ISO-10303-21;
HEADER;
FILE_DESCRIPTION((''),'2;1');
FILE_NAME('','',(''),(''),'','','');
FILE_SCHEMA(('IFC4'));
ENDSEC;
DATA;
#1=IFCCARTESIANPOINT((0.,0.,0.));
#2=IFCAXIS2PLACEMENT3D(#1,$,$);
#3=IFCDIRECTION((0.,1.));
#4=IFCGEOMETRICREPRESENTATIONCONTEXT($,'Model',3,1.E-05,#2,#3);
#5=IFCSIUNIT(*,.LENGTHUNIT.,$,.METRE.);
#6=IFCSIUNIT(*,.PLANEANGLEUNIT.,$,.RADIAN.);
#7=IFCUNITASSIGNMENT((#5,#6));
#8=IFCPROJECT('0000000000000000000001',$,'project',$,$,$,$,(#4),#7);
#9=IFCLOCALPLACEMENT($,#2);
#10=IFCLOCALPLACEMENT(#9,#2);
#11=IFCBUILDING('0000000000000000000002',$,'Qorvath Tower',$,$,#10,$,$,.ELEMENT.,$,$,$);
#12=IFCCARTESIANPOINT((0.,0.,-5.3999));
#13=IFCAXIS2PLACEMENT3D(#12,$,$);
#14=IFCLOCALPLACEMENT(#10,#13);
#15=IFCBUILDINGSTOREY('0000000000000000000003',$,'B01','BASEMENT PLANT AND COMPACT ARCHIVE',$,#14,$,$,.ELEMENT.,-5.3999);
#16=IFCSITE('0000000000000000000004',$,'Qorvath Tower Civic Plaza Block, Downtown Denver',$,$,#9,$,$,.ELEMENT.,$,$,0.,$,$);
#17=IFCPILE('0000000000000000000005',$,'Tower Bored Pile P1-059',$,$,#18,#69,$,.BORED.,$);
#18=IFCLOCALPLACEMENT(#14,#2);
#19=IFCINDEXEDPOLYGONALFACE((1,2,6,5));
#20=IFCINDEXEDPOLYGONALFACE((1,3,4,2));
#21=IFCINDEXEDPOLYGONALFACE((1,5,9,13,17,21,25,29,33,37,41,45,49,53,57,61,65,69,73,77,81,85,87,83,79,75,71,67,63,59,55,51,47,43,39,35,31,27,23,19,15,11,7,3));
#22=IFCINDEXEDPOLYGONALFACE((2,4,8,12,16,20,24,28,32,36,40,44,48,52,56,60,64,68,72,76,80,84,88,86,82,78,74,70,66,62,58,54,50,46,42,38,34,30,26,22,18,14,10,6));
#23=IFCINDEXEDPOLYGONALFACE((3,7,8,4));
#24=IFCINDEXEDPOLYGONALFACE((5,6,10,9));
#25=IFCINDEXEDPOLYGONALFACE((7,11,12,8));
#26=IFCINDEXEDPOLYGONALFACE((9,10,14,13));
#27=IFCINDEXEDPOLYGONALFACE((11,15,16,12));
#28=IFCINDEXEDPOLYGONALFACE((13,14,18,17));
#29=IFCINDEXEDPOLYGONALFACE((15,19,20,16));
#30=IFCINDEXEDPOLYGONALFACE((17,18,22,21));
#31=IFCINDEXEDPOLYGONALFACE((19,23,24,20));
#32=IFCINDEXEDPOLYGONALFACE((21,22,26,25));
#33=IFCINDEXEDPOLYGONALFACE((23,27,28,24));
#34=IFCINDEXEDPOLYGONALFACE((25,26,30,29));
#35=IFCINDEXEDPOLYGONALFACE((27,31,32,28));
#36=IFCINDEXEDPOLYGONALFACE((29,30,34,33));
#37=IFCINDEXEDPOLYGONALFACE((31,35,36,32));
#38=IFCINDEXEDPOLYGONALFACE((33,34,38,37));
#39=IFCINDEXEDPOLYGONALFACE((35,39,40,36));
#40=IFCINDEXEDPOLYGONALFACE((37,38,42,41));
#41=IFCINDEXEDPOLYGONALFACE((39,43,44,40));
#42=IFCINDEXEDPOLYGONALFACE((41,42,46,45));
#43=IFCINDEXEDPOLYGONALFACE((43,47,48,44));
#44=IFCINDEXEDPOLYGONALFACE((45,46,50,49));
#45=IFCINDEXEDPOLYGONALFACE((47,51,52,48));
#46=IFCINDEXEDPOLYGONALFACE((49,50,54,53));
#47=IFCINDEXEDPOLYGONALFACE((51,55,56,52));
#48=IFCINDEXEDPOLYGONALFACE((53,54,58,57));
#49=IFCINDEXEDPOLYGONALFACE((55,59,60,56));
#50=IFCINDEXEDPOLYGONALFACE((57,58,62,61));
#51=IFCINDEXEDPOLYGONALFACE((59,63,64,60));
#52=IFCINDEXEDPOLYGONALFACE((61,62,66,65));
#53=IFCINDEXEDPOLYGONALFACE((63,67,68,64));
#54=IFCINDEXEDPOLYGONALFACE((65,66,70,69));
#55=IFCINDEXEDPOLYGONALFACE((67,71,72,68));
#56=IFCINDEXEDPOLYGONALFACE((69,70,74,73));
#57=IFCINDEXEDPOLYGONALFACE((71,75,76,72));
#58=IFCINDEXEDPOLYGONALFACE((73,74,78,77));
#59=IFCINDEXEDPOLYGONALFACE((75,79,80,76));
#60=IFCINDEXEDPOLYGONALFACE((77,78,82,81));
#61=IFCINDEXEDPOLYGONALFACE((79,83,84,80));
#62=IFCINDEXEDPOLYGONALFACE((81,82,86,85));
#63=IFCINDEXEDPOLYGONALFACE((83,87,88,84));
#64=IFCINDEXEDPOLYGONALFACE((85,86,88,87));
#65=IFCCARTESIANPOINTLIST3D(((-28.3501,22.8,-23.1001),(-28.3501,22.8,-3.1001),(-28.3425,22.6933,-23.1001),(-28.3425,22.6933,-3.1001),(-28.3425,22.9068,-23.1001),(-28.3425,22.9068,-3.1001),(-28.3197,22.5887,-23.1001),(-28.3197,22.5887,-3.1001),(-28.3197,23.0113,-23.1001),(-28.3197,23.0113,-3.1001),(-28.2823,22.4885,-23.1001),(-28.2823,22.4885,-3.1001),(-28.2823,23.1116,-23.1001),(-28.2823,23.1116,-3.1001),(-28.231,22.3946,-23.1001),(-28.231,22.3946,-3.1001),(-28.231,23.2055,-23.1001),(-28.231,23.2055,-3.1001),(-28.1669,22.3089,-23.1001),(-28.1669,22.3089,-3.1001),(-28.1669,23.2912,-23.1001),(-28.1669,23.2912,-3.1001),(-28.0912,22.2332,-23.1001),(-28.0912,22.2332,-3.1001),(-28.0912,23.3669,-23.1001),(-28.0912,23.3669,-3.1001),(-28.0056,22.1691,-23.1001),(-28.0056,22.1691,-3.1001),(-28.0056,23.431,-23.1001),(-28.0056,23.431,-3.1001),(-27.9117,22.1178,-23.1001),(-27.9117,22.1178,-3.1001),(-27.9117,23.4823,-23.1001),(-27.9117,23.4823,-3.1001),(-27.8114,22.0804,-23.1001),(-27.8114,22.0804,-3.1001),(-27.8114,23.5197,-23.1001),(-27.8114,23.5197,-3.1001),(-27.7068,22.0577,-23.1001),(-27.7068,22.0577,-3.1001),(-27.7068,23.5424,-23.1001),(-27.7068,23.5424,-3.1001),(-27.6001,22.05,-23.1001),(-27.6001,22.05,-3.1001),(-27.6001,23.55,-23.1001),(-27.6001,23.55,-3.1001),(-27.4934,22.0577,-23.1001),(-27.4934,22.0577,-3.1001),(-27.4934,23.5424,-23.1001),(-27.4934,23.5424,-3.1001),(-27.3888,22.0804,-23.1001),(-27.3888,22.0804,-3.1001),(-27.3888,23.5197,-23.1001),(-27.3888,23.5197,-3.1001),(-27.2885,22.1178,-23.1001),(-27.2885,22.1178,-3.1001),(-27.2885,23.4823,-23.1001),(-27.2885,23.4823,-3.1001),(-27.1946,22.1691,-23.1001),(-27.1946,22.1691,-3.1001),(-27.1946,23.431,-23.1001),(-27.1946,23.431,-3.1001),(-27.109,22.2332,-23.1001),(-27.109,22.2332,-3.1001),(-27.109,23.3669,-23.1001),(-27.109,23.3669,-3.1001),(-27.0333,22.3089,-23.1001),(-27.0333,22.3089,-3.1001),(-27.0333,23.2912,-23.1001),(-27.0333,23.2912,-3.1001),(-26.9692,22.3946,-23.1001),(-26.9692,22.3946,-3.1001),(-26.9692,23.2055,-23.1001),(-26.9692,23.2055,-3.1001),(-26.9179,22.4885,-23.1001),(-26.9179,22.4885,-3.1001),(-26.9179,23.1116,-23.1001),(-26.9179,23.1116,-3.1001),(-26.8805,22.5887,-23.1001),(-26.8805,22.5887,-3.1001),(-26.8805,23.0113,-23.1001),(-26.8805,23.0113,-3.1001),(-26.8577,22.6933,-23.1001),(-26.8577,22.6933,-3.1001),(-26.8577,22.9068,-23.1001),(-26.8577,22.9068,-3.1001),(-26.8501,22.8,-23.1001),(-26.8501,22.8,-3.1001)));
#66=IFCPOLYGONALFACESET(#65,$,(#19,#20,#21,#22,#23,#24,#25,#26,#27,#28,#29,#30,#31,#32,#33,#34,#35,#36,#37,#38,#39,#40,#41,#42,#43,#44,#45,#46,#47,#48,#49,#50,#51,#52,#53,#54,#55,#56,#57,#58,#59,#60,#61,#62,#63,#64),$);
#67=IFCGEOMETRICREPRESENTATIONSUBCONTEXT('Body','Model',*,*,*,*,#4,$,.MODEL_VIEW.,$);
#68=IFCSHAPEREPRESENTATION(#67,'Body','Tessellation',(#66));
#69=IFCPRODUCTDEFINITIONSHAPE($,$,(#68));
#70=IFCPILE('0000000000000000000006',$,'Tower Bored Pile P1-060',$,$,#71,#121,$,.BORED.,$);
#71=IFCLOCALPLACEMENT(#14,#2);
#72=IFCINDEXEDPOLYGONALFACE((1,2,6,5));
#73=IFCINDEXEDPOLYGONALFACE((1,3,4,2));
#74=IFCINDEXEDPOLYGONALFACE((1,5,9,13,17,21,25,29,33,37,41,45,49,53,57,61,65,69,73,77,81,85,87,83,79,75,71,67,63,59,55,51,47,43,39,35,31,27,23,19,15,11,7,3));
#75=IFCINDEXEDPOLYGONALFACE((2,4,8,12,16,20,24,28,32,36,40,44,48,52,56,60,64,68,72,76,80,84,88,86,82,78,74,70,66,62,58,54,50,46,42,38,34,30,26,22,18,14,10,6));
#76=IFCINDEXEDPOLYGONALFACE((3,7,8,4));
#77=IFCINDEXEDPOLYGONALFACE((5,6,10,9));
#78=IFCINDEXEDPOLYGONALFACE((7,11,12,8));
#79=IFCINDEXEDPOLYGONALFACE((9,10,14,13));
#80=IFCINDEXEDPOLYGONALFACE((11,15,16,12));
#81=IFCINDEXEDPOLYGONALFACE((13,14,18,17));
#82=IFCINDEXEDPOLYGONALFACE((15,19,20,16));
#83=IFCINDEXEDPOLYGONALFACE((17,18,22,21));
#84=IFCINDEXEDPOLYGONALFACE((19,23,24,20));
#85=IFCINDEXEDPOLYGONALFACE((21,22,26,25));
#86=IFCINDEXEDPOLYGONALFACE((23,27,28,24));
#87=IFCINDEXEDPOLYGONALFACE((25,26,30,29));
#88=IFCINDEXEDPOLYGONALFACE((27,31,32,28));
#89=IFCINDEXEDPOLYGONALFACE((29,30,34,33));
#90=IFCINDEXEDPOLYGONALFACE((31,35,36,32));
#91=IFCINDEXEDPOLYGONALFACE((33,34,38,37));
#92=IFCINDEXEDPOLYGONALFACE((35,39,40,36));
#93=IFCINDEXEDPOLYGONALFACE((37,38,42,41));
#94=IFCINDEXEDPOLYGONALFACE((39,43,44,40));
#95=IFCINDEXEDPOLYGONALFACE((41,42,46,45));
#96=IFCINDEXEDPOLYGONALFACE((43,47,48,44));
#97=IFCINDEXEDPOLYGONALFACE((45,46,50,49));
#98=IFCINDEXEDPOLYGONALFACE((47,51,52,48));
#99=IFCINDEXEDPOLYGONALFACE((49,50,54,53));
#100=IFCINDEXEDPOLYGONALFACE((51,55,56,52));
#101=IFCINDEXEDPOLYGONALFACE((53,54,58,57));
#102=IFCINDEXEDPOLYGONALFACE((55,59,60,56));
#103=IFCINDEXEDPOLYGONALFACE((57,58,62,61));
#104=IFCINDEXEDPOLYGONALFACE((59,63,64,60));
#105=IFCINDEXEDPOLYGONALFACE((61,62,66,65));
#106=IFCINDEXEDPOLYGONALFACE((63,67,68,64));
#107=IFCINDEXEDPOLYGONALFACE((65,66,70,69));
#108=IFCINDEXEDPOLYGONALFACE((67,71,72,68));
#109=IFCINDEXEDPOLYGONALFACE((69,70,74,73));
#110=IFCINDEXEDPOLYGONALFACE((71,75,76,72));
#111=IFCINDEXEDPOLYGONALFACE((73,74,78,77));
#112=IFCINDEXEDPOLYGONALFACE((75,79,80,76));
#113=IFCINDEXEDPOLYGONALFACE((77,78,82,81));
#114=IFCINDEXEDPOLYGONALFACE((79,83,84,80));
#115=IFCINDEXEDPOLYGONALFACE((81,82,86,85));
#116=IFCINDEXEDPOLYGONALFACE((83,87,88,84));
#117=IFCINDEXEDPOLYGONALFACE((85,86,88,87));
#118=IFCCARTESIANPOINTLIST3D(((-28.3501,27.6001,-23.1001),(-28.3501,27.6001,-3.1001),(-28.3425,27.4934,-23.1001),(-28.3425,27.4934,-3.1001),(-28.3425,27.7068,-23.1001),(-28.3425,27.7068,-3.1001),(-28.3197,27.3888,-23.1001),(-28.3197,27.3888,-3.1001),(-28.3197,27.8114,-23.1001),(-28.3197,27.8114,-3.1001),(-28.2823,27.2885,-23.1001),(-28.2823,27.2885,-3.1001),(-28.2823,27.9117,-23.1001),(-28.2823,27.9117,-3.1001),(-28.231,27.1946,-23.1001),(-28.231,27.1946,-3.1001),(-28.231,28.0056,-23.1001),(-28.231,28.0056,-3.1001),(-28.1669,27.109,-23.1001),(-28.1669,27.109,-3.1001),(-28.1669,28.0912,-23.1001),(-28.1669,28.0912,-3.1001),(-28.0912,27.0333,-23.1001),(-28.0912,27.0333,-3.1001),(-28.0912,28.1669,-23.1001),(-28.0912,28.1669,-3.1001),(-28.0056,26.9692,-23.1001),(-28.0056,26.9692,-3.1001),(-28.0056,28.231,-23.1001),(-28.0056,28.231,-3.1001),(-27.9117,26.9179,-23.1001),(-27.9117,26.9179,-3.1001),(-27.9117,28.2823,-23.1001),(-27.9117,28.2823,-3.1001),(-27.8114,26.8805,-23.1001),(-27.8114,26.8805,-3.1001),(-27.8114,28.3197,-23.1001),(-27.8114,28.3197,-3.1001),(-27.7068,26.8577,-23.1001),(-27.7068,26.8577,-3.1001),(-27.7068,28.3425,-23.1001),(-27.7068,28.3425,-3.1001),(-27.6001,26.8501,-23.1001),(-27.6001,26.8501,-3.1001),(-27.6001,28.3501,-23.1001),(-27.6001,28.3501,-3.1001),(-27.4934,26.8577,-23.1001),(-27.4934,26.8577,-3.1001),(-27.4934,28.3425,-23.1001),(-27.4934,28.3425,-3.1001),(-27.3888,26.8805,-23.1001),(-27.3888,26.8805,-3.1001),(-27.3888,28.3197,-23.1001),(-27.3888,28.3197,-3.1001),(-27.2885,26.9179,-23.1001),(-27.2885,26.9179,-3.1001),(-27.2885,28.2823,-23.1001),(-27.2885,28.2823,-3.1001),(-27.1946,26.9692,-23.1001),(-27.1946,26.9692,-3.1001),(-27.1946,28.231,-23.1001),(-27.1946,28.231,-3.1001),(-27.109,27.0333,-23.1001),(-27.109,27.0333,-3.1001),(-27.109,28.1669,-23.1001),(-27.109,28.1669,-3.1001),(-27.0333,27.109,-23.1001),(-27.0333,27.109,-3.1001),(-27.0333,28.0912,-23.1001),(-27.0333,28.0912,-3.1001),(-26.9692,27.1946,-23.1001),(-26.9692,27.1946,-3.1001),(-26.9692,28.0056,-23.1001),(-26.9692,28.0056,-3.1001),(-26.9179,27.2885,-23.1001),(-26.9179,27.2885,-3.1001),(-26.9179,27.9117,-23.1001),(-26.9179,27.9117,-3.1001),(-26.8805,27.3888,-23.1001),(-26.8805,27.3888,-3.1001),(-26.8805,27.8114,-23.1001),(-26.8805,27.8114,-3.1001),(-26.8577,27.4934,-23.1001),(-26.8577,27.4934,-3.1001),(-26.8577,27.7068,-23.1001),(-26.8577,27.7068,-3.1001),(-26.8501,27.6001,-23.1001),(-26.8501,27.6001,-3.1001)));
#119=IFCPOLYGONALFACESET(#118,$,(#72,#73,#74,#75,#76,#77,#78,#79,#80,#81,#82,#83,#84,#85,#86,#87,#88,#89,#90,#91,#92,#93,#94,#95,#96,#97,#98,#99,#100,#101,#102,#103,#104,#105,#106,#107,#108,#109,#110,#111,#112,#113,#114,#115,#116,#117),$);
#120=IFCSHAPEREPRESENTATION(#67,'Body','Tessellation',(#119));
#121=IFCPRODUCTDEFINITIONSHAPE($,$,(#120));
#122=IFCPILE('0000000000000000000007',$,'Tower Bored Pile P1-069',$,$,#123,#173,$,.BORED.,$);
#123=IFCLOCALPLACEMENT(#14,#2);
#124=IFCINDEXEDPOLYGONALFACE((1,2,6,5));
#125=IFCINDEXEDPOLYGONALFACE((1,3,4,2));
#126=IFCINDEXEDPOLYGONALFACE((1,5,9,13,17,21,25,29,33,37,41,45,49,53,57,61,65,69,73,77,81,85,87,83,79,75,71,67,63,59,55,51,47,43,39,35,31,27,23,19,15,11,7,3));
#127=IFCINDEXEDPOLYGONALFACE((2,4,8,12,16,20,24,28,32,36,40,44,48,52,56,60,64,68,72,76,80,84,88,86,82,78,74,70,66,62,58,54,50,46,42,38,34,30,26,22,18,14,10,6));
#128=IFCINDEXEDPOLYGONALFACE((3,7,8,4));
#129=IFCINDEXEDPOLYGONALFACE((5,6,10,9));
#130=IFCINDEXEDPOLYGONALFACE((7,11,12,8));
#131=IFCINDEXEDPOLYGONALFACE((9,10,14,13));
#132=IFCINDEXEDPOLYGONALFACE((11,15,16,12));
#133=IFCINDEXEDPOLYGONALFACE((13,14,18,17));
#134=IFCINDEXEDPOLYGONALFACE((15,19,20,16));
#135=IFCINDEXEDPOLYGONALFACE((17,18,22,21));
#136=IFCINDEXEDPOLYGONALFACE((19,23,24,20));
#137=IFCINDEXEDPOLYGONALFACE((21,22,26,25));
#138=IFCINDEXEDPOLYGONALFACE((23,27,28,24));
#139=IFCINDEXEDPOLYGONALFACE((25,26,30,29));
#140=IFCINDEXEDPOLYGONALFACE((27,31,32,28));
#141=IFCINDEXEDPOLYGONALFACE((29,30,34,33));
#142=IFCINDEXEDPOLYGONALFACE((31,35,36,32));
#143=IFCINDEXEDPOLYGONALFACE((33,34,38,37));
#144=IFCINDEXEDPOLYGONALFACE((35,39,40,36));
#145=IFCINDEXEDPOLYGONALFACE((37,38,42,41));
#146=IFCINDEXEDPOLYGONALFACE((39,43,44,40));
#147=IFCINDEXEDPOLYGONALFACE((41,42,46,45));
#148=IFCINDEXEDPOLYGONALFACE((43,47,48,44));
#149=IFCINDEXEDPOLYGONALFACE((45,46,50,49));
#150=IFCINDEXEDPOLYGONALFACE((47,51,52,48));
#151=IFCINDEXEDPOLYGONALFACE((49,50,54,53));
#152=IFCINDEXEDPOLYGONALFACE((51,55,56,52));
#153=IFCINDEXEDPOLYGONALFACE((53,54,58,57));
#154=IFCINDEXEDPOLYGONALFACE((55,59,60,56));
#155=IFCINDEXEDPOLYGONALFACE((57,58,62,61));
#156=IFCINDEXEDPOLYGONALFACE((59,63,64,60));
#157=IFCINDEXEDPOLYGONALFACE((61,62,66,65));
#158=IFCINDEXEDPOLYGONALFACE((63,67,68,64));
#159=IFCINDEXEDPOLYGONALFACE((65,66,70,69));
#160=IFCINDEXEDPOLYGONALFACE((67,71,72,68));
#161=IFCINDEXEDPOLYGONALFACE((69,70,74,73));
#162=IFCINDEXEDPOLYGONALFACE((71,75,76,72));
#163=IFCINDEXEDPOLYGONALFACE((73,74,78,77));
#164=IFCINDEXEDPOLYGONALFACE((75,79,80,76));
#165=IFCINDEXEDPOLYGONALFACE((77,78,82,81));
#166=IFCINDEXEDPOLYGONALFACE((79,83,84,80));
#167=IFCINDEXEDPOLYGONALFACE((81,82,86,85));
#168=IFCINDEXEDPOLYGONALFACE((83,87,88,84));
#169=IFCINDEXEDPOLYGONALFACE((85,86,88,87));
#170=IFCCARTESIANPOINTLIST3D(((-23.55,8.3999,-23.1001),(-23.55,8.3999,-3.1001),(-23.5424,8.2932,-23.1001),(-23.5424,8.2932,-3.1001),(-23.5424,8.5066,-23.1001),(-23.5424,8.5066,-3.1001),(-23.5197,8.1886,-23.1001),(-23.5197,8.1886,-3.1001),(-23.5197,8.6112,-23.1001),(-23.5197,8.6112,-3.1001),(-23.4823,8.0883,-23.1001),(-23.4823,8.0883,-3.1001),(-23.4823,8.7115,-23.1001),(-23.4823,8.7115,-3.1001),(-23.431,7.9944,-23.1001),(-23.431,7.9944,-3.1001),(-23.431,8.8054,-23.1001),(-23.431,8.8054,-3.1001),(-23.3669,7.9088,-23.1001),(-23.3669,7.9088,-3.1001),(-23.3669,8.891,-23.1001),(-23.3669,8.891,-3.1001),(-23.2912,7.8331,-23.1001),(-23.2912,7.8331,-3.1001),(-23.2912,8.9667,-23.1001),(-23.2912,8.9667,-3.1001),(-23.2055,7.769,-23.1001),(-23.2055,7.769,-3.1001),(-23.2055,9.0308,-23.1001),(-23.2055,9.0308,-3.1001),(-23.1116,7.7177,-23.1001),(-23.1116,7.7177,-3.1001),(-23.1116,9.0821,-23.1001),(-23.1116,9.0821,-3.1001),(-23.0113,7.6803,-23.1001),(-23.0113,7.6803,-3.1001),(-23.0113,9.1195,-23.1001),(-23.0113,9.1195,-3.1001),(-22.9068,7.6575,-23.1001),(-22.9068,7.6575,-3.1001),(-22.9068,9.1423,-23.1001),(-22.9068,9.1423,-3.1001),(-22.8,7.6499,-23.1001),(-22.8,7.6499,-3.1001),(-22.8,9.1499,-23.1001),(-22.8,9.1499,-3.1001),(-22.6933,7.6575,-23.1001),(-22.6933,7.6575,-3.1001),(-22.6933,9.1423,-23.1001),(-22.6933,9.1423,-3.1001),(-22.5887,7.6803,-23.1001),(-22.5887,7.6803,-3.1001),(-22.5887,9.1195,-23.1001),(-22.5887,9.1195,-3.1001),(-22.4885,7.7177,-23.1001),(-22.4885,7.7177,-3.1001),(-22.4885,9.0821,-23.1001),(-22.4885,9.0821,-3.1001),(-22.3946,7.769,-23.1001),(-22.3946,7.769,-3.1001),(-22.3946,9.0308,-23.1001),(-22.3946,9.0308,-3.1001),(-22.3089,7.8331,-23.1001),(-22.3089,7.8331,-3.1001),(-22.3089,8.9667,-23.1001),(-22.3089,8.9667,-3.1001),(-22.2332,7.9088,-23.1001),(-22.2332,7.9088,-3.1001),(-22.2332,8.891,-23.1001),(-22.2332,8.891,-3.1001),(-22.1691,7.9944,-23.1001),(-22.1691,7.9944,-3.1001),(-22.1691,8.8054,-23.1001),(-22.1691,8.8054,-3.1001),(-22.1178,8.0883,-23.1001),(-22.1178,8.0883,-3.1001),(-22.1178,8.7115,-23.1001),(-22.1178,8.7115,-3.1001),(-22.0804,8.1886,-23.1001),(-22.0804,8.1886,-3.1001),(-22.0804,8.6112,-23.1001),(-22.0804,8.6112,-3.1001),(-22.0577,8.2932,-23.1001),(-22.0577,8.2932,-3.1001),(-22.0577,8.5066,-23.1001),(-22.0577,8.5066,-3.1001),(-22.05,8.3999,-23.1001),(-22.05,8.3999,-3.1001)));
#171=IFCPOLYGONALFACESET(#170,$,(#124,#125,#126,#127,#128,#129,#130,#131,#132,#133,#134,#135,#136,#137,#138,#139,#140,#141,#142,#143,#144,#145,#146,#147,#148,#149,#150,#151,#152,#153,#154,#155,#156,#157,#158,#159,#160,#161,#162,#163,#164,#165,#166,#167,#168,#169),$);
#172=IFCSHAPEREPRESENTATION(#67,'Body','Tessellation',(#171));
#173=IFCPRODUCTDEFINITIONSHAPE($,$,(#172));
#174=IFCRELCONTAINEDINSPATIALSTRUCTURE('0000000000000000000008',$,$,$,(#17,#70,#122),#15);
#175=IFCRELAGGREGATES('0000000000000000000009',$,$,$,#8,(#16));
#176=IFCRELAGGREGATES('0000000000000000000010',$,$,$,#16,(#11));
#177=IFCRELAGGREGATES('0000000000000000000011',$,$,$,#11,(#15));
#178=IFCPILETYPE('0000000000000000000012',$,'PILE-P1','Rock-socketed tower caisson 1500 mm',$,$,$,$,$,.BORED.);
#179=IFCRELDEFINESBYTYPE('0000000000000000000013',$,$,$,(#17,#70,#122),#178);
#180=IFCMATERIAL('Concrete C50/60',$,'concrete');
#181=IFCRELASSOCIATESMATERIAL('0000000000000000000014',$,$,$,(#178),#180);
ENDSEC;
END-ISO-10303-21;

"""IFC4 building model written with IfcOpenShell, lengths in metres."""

from ifc_helpers import new_model, si_unit, direction, frame, origin, origin_2d, place, context, subcontext, project, spatial, circle, extrude, material, material_profile, profile_set, type_object, element, save


model = new_model("IFC4")

# Units and contexts
model_context = context("Model", 3, precision=1e-05, world=origin(), true_north=direction((0.0, 1.0)))
body_context = subcontext(model_context, "Body", "Model", "MODEL_VIEW")
ifc_project = project(units=[si_unit("LENGTHUNIT", "METRE"), si_unit("PLANEANGLEUNIT", "RADIAN")], contexts=[model_context])

# Site, building, storey
site_placement = place(None, origin())
site = spatial("IfcSite", under=ifc_project, at=site_placement, Name="Qorvath Tower Civic Plaza Block, Downtown Denver", CompositionType="ELEMENT", RefElevation=0.0)
building_placement = place(site_placement, origin())
building = spatial("IfcBuilding", under=site, at=building_placement, Name="Qorvath Tower", CompositionType="ELEMENT")
storey_placement = place(building_placement, frame((0.0, 0.0, -5.3999)))
storey = spatial("IfcBuildingStorey", under=building, at=storey_placement, Name="B01", Description="BASEMENT PLANT AND COMPACT ARCHIVE", CompositionType="ELEMENT", Elevation=-5.3999)

# Piles
ifc_material_1 = material(Name="Concrete C50/60", Category="concrete")
ifc_material_profile_1 = material_profile(ifc_material_1, circle(Radius=0.75, at=origin_2d()), Name="BORED PILE 1500")
ifc_profile_set_1 = profile_set([ifc_material_profile_1], Name="Concrete C50/60")
pile_type = type_object("IfcPileType", Name="PILE-P1", Description="Rock-socketed tower caisson 1500 mm", PredefinedType="BORED", material=ifc_profile_set_1)
for number, where, z_axis, x_axis, name in (
    (1, (-27.6001, 22.8, -3.1001), (0.0, 0.0, -1.0), (1.0, 0.0, 0.0), "Tower Bored Pile P1-059"),
    (2, (-27.6001, 27.6001, -3.1001), (0.0, 0.0, -1.0), (1.0, 0.0, 0.0), "Tower Bored Pile P1-060"),
    (3, (-22.8, 8.3999, -3.1001), (0.0, 0.0, -1.0), (1.0, 0.0, 0.0), "Tower Bored Pile P1-069"),
):
    element("IfcPile", number, at=place(storey_placement, frame(where, z_axis=z_axis, x_axis=x_axis)), inside=storey, type_object=pile_type, Name=name, PredefinedType="BORED", context=body_context, shape_type="SweptSolid", body=[
        extrude(circle(Radius=0.75, at=origin_2d()), origin(), (0.0, 0.0, 1.0), 20.0),
    ])

save(model, "model.ifc")
